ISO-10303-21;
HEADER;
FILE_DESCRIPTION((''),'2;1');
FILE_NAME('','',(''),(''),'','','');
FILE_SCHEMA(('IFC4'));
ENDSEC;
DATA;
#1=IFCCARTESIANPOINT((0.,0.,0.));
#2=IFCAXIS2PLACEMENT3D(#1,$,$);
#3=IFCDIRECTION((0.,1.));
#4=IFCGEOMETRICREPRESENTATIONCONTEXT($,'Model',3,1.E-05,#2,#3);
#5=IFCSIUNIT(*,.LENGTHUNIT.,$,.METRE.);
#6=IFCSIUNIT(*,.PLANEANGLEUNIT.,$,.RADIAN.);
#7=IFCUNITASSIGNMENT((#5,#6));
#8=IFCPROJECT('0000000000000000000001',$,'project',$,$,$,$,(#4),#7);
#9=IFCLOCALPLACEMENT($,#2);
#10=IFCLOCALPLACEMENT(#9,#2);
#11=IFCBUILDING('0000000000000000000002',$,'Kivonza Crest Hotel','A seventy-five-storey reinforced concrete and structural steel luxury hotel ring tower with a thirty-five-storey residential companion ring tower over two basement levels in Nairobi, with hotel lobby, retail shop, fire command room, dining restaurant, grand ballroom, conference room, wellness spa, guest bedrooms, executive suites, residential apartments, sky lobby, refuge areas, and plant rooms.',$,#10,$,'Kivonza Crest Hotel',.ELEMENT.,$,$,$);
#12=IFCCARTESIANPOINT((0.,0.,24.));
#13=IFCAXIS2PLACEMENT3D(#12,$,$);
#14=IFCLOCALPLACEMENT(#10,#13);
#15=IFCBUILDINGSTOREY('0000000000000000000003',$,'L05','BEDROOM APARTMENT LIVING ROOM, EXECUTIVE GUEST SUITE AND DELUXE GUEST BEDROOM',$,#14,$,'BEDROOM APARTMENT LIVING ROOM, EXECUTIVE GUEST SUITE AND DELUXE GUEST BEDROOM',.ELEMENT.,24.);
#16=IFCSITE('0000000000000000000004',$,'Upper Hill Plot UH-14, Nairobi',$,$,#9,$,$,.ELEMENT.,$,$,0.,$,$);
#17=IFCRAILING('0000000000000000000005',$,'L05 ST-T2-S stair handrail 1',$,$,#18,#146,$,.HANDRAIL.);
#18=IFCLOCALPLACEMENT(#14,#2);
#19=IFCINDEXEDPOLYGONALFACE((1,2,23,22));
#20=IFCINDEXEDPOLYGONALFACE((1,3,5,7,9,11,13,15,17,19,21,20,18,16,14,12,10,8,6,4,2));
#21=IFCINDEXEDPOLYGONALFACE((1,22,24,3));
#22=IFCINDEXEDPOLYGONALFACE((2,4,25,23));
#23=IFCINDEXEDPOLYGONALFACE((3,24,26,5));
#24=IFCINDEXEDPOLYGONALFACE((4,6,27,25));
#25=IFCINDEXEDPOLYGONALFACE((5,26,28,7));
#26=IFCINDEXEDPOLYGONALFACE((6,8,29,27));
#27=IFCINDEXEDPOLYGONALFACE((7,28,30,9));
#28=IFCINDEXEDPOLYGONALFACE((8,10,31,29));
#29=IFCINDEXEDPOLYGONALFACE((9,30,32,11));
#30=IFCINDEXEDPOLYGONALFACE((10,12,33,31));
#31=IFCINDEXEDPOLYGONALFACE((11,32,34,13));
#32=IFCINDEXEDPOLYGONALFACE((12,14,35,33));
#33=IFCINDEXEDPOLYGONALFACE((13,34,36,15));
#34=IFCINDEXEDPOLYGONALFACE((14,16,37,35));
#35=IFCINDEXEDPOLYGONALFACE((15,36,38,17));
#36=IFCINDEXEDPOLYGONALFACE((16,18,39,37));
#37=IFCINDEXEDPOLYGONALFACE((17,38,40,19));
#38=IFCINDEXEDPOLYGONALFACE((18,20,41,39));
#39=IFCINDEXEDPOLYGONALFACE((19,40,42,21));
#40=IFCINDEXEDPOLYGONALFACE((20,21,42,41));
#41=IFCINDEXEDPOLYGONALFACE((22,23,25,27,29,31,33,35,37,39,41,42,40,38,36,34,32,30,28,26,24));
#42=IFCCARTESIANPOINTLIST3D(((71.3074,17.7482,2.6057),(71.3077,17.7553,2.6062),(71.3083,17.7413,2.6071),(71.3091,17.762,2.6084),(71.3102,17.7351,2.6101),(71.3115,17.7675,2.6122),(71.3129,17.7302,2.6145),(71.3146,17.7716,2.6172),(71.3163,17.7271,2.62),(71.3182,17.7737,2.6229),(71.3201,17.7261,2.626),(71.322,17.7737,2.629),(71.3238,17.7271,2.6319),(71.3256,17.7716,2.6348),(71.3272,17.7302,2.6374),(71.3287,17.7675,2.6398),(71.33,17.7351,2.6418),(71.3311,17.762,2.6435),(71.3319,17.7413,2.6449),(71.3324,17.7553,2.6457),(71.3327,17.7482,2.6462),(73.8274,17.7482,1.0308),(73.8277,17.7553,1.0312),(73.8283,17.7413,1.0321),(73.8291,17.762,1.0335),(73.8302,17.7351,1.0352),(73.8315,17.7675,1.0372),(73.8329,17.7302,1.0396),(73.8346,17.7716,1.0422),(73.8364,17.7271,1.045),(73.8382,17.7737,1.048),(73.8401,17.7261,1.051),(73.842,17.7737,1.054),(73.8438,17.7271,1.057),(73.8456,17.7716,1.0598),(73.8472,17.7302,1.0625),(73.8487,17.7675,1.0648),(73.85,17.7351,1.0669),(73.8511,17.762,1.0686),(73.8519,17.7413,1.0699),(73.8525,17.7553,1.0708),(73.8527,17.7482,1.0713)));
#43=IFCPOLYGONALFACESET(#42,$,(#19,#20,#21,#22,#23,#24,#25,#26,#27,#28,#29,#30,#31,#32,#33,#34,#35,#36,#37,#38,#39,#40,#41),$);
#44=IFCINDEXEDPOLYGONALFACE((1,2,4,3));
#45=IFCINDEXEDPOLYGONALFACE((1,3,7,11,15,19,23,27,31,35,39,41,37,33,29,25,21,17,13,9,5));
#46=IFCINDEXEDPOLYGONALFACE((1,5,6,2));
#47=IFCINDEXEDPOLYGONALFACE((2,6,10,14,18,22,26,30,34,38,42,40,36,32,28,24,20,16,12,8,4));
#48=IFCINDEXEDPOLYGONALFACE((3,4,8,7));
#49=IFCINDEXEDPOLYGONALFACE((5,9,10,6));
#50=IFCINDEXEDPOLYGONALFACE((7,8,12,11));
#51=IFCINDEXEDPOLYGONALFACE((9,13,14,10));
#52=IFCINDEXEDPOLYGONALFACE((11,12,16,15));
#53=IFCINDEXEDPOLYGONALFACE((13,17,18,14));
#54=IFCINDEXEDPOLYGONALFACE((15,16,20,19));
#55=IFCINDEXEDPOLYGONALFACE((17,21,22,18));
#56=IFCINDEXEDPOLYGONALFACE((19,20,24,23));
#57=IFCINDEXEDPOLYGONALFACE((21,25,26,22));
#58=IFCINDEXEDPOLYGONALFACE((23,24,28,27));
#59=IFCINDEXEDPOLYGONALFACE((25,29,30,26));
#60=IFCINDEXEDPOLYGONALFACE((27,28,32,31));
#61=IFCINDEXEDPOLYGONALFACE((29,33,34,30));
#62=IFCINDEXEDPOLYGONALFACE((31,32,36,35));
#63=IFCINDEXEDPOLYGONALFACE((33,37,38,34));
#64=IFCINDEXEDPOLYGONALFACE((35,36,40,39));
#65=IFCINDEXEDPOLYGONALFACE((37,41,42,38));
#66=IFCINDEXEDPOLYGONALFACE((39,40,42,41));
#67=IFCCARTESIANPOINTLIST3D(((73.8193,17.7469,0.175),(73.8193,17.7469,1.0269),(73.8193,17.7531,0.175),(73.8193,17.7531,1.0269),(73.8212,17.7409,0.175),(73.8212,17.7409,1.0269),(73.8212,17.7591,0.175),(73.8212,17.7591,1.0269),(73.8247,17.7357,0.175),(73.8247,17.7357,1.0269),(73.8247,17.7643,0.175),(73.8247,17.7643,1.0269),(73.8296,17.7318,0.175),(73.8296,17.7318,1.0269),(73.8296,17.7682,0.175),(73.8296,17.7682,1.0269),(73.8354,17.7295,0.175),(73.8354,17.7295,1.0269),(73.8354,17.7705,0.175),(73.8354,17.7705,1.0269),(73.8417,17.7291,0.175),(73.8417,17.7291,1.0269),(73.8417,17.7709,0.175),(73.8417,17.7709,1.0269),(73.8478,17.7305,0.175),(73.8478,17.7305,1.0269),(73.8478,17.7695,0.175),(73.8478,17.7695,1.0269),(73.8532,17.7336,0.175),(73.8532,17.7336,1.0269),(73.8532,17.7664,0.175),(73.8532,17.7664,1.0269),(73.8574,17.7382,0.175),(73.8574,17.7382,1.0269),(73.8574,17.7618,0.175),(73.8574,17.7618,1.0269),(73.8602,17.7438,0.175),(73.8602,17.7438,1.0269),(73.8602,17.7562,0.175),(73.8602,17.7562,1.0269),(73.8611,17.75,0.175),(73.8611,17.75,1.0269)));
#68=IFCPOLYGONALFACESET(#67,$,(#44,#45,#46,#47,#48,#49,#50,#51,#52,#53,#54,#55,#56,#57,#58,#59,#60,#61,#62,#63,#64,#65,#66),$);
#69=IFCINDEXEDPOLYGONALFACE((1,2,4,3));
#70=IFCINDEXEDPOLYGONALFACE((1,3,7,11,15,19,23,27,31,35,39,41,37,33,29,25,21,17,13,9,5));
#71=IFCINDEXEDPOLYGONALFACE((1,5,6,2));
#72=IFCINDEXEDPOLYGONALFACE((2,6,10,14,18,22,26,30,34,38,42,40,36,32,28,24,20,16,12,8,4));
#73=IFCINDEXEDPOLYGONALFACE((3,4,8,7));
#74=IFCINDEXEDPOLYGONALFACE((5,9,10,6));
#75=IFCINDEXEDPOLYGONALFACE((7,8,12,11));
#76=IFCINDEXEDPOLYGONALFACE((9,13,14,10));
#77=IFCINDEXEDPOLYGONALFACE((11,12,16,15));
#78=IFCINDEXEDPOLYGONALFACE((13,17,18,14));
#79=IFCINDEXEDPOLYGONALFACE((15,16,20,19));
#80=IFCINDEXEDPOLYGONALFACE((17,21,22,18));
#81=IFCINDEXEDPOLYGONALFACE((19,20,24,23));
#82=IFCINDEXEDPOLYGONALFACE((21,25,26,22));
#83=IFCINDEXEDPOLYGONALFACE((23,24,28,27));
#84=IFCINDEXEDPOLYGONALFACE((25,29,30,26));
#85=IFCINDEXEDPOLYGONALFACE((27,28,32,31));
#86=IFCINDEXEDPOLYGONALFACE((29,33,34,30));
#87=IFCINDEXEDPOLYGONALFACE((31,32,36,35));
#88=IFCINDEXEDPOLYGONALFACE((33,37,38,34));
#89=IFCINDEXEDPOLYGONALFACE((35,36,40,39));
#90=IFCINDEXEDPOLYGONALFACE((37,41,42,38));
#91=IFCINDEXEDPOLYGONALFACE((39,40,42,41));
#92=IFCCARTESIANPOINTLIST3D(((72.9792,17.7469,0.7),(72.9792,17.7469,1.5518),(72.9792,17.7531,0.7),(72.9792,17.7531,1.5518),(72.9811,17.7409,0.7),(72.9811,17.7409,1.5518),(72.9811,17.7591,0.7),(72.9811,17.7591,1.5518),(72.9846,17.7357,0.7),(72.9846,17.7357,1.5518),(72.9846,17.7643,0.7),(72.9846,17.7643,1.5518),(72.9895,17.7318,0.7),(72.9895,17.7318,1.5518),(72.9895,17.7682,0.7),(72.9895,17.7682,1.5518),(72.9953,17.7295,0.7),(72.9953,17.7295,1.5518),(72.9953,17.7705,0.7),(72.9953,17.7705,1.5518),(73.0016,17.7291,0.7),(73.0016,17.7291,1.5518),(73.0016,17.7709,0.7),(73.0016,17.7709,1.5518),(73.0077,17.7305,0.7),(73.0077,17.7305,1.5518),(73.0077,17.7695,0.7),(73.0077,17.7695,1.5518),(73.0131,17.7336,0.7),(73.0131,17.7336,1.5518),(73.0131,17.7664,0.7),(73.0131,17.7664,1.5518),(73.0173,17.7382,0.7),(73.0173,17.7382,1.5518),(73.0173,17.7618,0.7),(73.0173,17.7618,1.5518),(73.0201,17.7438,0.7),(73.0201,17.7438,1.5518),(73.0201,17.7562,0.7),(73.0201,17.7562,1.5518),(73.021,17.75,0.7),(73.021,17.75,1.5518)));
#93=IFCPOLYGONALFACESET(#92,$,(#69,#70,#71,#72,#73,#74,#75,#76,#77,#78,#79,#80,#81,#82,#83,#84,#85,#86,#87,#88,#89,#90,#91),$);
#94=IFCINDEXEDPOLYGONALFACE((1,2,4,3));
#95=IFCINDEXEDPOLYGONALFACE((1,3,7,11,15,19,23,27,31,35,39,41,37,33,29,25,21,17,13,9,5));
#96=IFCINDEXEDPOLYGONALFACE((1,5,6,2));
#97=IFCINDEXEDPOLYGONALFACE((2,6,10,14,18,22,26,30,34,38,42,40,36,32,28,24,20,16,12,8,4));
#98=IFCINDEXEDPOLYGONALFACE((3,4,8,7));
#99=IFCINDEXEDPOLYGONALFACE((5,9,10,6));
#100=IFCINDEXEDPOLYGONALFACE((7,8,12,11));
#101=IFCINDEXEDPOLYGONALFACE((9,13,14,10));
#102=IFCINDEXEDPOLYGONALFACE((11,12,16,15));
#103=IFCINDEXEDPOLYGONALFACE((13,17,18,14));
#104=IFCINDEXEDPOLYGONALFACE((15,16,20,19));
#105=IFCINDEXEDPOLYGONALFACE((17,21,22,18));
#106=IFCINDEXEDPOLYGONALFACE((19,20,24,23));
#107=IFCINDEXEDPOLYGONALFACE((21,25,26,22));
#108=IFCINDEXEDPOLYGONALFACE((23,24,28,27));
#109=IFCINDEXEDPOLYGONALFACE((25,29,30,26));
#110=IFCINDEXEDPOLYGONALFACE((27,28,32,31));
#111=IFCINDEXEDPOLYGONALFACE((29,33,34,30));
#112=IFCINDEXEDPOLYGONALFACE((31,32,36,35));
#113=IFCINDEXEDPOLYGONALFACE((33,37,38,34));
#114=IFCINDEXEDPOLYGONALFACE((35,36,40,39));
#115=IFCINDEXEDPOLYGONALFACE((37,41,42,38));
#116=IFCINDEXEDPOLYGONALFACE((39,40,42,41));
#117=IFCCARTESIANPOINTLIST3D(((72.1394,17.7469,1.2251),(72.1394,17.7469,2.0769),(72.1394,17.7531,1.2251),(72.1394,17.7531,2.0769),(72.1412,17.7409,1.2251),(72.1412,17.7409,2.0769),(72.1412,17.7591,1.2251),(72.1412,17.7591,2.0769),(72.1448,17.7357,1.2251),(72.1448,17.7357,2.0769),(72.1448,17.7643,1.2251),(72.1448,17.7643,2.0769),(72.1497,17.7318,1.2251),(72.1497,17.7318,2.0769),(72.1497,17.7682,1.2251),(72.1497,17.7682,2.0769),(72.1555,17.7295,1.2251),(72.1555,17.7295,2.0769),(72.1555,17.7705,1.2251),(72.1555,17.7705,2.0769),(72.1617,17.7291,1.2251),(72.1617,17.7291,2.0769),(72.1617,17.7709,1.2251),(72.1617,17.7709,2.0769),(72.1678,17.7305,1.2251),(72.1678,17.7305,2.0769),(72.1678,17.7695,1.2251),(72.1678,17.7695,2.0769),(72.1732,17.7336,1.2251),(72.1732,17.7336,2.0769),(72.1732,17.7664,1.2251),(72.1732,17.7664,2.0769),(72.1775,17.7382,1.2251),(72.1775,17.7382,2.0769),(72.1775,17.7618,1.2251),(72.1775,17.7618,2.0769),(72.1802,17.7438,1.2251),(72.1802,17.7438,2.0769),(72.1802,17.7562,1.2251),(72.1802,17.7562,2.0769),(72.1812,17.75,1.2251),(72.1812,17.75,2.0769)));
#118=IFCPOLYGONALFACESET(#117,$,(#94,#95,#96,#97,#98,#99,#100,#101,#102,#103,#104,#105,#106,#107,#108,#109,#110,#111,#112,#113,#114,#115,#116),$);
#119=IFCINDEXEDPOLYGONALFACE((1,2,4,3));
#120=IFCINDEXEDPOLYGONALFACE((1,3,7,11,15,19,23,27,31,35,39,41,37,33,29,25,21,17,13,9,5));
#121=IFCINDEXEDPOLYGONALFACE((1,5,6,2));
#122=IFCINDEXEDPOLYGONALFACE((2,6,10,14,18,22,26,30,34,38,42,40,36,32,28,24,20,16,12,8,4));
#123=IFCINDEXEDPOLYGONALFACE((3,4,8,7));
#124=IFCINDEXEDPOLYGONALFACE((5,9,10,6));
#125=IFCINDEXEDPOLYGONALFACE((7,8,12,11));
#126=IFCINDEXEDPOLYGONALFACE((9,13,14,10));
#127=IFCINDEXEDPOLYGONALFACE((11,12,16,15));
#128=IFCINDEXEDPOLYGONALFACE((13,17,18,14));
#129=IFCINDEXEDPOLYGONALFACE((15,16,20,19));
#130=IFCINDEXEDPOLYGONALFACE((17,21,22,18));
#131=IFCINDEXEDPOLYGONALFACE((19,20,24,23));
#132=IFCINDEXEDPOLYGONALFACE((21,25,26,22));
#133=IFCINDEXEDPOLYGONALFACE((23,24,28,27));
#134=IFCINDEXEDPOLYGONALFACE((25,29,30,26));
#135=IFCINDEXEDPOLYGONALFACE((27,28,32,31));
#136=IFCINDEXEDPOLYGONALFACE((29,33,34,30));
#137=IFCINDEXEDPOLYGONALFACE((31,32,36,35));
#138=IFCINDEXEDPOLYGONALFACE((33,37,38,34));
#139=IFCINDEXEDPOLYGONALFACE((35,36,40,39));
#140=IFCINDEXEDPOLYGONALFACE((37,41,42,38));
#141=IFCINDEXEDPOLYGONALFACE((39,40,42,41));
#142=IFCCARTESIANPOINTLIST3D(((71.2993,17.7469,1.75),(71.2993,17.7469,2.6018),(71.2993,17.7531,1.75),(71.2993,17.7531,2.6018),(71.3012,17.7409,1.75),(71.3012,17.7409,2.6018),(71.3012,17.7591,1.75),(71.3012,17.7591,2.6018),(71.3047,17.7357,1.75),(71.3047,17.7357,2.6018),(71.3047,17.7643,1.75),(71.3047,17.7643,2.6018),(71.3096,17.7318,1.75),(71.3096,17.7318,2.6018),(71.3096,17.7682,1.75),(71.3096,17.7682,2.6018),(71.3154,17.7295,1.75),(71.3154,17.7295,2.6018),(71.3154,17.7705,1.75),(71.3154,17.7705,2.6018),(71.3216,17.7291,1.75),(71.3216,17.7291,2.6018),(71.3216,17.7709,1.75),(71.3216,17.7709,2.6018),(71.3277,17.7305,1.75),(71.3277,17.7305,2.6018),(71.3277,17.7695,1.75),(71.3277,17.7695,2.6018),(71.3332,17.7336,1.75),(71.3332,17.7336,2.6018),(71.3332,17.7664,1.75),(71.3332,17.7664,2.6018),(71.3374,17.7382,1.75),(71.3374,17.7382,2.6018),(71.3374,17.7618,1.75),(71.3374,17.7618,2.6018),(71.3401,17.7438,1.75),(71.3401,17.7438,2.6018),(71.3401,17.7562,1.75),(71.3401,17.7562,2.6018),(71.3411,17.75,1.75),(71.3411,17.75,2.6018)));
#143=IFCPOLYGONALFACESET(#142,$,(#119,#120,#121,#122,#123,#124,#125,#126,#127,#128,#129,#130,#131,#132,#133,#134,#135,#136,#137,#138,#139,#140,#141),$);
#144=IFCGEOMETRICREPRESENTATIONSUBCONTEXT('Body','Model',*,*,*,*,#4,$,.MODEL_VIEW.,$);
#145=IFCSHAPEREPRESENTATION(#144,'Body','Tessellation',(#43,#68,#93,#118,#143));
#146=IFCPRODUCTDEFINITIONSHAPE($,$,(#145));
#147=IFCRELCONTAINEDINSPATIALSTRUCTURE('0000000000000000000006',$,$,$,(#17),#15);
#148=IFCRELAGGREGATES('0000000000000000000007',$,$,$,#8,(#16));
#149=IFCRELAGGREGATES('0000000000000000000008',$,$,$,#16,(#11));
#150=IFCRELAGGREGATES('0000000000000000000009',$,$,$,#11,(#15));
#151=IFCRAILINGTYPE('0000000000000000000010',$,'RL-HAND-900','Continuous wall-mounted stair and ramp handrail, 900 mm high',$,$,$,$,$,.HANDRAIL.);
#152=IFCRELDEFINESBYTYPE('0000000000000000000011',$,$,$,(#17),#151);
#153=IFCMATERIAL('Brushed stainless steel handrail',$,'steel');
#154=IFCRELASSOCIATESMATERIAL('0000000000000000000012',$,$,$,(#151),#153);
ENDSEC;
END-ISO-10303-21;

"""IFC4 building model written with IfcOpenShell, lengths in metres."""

from ifc_helpers import new_model, si_unit, direction, frame, origin, origin_2d, place, context, subcontext, project, spatial, circle, extrude, material, type_object, element, save


model = new_model("IFC4")

# Units and contexts
model_context = context("Model", 3, precision=1e-05, world=origin(), true_north=direction((0.0, 1.0)))
body_context = subcontext(model_context, "Body", "Model", "MODEL_VIEW")
ifc_project = project(units=[si_unit("LENGTHUNIT", "METRE"), si_unit("PLANEANGLEUNIT", "RADIAN")], contexts=[model_context])

# Site, building, storey
site_placement = place(None, origin())
site = spatial("IfcSite", under=ifc_project, at=site_placement, Name="Upper Hill Plot UH-14, Nairobi", CompositionType="ELEMENT", RefElevation=0.0)
building_placement = place(site_placement, origin())
building = spatial("IfcBuilding", under=site, at=building_placement, Name="Kivonza Crest Hotel", Description="A seventy-five-storey reinforced concrete and structural steel luxury hotel ring tower with a thirty-five-storey residential companion ring tower over two basement levels in Nairobi, with hotel lobby, retail shop, fire command room, dining restaurant, grand ballroom, conference room, wellness spa, guest bedrooms, executive suites, residential apartments, sky lobby, refuge areas, and plant rooms.", LongName="Kivonza Crest Hotel", CompositionType="ELEMENT")
storey_placement = place(building_placement, frame((0.0, 0.0, 24.0)))
storey = spatial("IfcBuildingStorey", under=building, at=storey_placement, Name="L05", Description="BEDROOM APARTMENT LIVING ROOM, EXECUTIVE GUEST SUITE AND DELUXE GUEST BEDROOM", LongName="BEDROOM APARTMENT LIVING ROOM, EXECUTIVE GUEST SUITE AND DELUXE GUEST BEDROOM", CompositionType="ELEMENT", Elevation=24.0)

# Railing
ifc_material_1 = material(Name="Brushed stainless steel handrail", Category="steel")
railing_type_1 = type_object("IfcRailingType", Name="RL-HAND-900", Description="Continuous wall-mounted stair and ramp handrail, 900 mm high", PredefinedType="HANDRAIL", material=ifc_material_1)
railing_1_placement = place(storey_placement, frame((73.8401, 17.75, 0.175)))
element("IfcRailing", 1, at=railing_1_placement, inside=storey, type_object=railing_type_1, Name="L05 ST-T2-S stair handrail 1", PredefinedType="HANDRAIL", context=body_context, shape_type="SweptSolid", body=[
    extrude(circle(Radius=0.0239, at=origin_2d()), frame((0.0, 0.0, 0.876), z_axis=(-0.848008, 0.0, 0.529984), x_axis=(0.0, -1.0, 0.0)), (0.0, 0.0, 1.0), 2.9717),
    extrude(circle(Radius=0.021, at=origin_2d()), origin(), (0.0, 0.0, 1.0), 0.8518),
    extrude(circle(Radius=0.021, at=origin_2d()), frame((-0.8401, 0.0, 0.5249)), (0.0, 0.0, 1.0), 0.8518),
    extrude(circle(Radius=0.021, at=origin_2d()), frame((-1.6799, 0.0, 1.05)), (0.0, 0.0, 1.0), 0.8518),
    extrude(circle(Radius=0.021, at=origin_2d()), frame((-2.52, 0.0, 1.575)), (0.0, 0.0, 1.0), 0.8518),
])

save(model, "model.ifc")
